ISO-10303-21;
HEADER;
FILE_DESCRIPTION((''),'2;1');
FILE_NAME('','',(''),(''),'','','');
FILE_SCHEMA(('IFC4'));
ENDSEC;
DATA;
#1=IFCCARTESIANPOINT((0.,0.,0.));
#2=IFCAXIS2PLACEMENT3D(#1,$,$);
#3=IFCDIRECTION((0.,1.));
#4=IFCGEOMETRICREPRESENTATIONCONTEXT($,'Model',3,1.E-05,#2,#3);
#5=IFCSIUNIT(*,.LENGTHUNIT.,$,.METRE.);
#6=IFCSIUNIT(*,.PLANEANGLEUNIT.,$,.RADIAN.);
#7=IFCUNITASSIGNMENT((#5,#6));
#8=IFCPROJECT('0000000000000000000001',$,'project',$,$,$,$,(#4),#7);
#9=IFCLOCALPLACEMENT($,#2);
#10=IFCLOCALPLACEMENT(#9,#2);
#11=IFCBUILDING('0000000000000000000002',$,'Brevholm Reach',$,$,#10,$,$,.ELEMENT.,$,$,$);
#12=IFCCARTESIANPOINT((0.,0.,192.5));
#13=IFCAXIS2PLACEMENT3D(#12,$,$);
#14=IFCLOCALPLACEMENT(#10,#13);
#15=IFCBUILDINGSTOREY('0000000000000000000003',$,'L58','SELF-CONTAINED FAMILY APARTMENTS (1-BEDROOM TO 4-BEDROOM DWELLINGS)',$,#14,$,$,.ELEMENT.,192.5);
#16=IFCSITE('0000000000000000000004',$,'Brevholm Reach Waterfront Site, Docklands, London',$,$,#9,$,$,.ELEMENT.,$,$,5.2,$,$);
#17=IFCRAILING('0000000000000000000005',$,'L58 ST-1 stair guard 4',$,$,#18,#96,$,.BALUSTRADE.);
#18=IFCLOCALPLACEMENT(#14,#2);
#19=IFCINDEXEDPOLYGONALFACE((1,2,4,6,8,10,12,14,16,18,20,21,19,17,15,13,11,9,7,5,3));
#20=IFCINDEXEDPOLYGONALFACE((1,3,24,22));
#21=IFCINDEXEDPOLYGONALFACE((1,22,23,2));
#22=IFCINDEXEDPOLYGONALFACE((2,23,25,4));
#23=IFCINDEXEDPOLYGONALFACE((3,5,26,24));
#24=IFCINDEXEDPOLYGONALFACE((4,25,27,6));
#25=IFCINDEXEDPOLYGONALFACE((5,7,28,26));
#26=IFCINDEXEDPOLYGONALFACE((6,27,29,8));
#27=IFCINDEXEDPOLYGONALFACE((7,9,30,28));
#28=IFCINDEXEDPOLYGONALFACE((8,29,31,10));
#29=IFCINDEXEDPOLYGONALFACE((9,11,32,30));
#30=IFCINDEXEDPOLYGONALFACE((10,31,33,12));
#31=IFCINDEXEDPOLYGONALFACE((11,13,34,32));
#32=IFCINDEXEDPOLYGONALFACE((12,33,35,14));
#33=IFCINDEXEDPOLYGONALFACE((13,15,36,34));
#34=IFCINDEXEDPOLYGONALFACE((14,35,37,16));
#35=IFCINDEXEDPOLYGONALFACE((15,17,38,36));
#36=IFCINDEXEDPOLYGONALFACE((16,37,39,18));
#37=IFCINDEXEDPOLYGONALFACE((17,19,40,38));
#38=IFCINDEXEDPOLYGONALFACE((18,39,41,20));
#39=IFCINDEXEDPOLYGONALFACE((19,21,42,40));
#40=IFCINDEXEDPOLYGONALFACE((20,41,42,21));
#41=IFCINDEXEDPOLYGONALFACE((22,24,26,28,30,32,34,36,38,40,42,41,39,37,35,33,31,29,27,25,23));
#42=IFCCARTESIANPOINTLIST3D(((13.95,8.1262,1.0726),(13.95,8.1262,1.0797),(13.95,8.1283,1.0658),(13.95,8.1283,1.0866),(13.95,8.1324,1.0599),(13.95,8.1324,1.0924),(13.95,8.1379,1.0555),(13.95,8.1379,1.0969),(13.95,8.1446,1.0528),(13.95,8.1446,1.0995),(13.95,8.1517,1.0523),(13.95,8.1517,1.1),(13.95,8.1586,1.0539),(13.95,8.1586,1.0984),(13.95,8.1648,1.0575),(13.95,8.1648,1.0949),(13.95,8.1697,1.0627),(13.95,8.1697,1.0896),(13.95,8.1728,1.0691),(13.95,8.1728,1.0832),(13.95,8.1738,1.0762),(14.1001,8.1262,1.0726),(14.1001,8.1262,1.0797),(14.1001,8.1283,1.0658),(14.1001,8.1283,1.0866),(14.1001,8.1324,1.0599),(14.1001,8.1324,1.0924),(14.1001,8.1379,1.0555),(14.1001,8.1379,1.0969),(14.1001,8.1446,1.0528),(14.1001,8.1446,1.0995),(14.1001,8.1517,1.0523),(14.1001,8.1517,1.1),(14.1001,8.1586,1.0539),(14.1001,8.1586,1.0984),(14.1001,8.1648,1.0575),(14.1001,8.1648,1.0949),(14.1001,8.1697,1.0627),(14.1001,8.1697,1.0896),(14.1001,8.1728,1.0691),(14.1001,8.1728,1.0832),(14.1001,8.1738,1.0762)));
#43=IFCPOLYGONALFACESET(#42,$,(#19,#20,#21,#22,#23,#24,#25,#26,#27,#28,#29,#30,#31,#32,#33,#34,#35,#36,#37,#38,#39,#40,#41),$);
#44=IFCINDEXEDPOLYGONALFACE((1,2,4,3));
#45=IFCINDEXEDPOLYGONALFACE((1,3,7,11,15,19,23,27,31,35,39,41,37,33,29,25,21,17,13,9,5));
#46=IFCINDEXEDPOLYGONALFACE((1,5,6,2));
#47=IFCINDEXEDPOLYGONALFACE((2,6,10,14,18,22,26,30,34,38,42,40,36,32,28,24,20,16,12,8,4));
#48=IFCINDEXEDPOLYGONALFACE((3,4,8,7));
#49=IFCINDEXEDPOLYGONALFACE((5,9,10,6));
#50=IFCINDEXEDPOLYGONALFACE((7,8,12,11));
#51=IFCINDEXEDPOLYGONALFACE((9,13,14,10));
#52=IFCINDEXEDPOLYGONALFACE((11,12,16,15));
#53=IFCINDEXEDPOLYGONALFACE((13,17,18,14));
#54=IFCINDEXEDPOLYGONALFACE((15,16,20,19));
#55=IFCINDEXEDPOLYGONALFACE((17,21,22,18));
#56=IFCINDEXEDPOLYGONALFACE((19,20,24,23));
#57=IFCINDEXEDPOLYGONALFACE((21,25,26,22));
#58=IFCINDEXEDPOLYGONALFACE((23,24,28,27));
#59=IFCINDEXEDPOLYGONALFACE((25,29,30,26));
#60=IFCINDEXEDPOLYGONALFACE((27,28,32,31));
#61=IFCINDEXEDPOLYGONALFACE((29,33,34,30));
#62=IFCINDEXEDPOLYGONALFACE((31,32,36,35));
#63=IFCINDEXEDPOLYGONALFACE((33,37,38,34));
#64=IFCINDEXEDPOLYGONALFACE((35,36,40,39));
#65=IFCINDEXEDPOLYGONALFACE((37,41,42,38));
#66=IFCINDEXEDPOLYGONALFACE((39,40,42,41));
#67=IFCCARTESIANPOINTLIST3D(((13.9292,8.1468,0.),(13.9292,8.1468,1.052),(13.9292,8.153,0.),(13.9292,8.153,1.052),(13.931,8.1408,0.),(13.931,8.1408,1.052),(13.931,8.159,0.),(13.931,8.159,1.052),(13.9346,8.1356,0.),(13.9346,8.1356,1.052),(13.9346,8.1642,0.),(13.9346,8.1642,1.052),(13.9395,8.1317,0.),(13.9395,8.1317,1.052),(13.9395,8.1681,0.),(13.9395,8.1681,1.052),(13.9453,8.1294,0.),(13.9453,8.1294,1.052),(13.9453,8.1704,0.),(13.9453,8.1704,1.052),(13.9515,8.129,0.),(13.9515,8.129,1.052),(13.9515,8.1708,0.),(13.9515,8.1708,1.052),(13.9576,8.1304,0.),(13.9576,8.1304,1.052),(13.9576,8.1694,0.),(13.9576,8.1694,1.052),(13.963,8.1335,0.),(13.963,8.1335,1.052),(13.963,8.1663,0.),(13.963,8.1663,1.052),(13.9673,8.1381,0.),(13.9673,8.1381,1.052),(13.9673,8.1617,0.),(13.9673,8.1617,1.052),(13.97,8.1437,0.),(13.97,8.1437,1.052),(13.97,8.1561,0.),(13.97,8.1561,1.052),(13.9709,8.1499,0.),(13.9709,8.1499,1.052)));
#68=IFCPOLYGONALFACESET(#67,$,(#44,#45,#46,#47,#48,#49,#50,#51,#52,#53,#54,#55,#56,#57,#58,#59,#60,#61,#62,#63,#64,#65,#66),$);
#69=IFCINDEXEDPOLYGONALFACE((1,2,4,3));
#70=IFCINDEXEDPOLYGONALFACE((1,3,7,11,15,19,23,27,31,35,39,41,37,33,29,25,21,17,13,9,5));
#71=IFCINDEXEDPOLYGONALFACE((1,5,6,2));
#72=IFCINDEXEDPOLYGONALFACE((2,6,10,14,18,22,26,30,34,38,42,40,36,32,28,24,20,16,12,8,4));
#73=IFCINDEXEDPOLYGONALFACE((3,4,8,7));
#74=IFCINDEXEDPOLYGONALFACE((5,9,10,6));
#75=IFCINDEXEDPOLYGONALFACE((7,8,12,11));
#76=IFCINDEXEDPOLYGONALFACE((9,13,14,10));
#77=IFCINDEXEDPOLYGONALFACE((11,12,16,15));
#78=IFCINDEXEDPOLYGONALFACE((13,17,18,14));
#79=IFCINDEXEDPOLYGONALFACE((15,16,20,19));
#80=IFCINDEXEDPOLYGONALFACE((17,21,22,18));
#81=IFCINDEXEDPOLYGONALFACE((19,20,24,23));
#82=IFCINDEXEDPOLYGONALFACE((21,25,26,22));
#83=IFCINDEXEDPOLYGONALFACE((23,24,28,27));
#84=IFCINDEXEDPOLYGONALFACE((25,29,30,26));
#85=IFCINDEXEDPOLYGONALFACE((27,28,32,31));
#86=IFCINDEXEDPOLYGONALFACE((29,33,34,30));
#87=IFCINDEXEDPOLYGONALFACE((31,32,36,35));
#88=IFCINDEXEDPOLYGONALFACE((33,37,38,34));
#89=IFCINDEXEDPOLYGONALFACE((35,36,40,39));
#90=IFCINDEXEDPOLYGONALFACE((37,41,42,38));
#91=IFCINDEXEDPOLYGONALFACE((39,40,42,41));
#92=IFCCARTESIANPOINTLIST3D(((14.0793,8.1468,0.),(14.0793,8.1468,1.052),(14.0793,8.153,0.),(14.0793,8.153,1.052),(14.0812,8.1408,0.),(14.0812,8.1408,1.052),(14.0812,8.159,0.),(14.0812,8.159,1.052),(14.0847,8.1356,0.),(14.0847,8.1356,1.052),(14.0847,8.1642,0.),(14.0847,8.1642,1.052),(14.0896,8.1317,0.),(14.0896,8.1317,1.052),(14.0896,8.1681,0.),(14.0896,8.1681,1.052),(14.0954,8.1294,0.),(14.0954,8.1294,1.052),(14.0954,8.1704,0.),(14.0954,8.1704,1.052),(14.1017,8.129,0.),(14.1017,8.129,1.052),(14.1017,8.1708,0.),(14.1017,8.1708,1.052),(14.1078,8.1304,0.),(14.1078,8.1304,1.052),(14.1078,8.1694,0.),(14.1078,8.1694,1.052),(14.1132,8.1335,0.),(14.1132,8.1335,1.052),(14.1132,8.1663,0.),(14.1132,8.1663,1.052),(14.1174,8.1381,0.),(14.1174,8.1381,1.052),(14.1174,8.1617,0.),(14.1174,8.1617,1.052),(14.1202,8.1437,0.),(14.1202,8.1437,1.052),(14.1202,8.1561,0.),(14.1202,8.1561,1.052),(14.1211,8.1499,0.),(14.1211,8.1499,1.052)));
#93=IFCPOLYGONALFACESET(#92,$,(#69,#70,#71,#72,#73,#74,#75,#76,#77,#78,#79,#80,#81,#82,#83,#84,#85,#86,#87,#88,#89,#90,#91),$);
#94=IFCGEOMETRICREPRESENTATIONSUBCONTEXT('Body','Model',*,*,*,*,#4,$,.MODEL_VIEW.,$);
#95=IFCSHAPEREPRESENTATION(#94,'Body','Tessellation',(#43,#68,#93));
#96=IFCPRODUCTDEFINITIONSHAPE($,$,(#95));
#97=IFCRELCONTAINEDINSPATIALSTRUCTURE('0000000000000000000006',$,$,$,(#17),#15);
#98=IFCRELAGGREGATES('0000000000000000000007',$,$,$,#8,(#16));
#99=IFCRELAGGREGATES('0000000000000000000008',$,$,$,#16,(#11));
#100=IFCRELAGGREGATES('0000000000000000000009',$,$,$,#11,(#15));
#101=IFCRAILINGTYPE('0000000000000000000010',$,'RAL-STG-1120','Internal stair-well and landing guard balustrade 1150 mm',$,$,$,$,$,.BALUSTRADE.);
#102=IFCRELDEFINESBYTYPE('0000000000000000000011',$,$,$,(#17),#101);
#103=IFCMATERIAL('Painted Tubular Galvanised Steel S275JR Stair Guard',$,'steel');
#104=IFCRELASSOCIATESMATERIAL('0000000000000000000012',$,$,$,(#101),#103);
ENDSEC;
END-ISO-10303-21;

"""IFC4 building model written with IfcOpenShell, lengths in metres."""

from ifc_helpers import new_model, si_unit, direction, frame, origin, origin_2d, place, context, subcontext, project, spatial, circle, extrude, material, type_object, element, save


model = new_model("IFC4")

# Units and contexts
model_context = context("Model", 3, precision=1e-05, world=origin(), true_north=direction((0.0, 1.0)))
body_context = subcontext(model_context, "Body", "Model", "MODEL_VIEW")
ifc_project = project(units=[si_unit("LENGTHUNIT", "METRE"), si_unit("PLANEANGLEUNIT", "RADIAN")], contexts=[model_context])

# Site, building, storey
site_placement = place(None, origin())
site = spatial("IfcSite", under=ifc_project, at=site_placement, Name="Brevholm Reach Waterfront Site, Docklands, London", CompositionType="ELEMENT", RefElevation=5.2)
building_placement = place(site_placement, origin())
building = spatial("IfcBuilding", under=site, at=building_placement, Name="Brevholm Reach", CompositionType="ELEMENT")
storey_placement = place(building_placement, frame((0.0, 0.0, 192.5)))
storey = spatial("IfcBuildingStorey", under=building, at=storey_placement, Name="L58", Description="SELF-CONTAINED FAMILY APARTMENTS (1-BEDROOM TO 4-BEDROOM DWELLINGS)", CompositionType="ELEMENT", Elevation=192.5)

# Railing
ifc_material_1 = material(Name="Painted Tubular Galvanised Steel S275JR Stair Guard", Category="steel")
railing_type_1 = type_object("IfcRailingType", Name="RAL-STG-1120", Description="Internal stair-well and landing guard balustrade 1150 mm", PredefinedType="BALUSTRADE", material=ifc_material_1)
railing_1_placement = place(storey_placement, frame((13.95, 8.1499, 0.0)))
element("IfcRailing", 1, at=railing_1_placement, inside=storey, type_object=railing_type_1, Name="L58 ST-1 stair guard 4", PredefinedType="BALUSTRADE", context=body_context, shape_type="SweptSolid", body=[
    extrude(circle(Radius=0.0239, at=origin_2d()), frame((0.0, 0.0, 1.0762), z_axis=(1.0, 0.0, 0.0), x_axis=(0.0, 1.0, 0.0)), (0.0, 0.0, 1.0), 0.1501),
    extrude(circle(Radius=0.021, at=origin_2d()), origin(), (0.0, 0.0, 1.0), 1.052),
    extrude(circle(Radius=0.021, at=origin_2d()), frame((0.1501, 0.0, 0.0)), (0.0, 0.0, 1.0), 1.052),
])

save(model, "model.ifc")
